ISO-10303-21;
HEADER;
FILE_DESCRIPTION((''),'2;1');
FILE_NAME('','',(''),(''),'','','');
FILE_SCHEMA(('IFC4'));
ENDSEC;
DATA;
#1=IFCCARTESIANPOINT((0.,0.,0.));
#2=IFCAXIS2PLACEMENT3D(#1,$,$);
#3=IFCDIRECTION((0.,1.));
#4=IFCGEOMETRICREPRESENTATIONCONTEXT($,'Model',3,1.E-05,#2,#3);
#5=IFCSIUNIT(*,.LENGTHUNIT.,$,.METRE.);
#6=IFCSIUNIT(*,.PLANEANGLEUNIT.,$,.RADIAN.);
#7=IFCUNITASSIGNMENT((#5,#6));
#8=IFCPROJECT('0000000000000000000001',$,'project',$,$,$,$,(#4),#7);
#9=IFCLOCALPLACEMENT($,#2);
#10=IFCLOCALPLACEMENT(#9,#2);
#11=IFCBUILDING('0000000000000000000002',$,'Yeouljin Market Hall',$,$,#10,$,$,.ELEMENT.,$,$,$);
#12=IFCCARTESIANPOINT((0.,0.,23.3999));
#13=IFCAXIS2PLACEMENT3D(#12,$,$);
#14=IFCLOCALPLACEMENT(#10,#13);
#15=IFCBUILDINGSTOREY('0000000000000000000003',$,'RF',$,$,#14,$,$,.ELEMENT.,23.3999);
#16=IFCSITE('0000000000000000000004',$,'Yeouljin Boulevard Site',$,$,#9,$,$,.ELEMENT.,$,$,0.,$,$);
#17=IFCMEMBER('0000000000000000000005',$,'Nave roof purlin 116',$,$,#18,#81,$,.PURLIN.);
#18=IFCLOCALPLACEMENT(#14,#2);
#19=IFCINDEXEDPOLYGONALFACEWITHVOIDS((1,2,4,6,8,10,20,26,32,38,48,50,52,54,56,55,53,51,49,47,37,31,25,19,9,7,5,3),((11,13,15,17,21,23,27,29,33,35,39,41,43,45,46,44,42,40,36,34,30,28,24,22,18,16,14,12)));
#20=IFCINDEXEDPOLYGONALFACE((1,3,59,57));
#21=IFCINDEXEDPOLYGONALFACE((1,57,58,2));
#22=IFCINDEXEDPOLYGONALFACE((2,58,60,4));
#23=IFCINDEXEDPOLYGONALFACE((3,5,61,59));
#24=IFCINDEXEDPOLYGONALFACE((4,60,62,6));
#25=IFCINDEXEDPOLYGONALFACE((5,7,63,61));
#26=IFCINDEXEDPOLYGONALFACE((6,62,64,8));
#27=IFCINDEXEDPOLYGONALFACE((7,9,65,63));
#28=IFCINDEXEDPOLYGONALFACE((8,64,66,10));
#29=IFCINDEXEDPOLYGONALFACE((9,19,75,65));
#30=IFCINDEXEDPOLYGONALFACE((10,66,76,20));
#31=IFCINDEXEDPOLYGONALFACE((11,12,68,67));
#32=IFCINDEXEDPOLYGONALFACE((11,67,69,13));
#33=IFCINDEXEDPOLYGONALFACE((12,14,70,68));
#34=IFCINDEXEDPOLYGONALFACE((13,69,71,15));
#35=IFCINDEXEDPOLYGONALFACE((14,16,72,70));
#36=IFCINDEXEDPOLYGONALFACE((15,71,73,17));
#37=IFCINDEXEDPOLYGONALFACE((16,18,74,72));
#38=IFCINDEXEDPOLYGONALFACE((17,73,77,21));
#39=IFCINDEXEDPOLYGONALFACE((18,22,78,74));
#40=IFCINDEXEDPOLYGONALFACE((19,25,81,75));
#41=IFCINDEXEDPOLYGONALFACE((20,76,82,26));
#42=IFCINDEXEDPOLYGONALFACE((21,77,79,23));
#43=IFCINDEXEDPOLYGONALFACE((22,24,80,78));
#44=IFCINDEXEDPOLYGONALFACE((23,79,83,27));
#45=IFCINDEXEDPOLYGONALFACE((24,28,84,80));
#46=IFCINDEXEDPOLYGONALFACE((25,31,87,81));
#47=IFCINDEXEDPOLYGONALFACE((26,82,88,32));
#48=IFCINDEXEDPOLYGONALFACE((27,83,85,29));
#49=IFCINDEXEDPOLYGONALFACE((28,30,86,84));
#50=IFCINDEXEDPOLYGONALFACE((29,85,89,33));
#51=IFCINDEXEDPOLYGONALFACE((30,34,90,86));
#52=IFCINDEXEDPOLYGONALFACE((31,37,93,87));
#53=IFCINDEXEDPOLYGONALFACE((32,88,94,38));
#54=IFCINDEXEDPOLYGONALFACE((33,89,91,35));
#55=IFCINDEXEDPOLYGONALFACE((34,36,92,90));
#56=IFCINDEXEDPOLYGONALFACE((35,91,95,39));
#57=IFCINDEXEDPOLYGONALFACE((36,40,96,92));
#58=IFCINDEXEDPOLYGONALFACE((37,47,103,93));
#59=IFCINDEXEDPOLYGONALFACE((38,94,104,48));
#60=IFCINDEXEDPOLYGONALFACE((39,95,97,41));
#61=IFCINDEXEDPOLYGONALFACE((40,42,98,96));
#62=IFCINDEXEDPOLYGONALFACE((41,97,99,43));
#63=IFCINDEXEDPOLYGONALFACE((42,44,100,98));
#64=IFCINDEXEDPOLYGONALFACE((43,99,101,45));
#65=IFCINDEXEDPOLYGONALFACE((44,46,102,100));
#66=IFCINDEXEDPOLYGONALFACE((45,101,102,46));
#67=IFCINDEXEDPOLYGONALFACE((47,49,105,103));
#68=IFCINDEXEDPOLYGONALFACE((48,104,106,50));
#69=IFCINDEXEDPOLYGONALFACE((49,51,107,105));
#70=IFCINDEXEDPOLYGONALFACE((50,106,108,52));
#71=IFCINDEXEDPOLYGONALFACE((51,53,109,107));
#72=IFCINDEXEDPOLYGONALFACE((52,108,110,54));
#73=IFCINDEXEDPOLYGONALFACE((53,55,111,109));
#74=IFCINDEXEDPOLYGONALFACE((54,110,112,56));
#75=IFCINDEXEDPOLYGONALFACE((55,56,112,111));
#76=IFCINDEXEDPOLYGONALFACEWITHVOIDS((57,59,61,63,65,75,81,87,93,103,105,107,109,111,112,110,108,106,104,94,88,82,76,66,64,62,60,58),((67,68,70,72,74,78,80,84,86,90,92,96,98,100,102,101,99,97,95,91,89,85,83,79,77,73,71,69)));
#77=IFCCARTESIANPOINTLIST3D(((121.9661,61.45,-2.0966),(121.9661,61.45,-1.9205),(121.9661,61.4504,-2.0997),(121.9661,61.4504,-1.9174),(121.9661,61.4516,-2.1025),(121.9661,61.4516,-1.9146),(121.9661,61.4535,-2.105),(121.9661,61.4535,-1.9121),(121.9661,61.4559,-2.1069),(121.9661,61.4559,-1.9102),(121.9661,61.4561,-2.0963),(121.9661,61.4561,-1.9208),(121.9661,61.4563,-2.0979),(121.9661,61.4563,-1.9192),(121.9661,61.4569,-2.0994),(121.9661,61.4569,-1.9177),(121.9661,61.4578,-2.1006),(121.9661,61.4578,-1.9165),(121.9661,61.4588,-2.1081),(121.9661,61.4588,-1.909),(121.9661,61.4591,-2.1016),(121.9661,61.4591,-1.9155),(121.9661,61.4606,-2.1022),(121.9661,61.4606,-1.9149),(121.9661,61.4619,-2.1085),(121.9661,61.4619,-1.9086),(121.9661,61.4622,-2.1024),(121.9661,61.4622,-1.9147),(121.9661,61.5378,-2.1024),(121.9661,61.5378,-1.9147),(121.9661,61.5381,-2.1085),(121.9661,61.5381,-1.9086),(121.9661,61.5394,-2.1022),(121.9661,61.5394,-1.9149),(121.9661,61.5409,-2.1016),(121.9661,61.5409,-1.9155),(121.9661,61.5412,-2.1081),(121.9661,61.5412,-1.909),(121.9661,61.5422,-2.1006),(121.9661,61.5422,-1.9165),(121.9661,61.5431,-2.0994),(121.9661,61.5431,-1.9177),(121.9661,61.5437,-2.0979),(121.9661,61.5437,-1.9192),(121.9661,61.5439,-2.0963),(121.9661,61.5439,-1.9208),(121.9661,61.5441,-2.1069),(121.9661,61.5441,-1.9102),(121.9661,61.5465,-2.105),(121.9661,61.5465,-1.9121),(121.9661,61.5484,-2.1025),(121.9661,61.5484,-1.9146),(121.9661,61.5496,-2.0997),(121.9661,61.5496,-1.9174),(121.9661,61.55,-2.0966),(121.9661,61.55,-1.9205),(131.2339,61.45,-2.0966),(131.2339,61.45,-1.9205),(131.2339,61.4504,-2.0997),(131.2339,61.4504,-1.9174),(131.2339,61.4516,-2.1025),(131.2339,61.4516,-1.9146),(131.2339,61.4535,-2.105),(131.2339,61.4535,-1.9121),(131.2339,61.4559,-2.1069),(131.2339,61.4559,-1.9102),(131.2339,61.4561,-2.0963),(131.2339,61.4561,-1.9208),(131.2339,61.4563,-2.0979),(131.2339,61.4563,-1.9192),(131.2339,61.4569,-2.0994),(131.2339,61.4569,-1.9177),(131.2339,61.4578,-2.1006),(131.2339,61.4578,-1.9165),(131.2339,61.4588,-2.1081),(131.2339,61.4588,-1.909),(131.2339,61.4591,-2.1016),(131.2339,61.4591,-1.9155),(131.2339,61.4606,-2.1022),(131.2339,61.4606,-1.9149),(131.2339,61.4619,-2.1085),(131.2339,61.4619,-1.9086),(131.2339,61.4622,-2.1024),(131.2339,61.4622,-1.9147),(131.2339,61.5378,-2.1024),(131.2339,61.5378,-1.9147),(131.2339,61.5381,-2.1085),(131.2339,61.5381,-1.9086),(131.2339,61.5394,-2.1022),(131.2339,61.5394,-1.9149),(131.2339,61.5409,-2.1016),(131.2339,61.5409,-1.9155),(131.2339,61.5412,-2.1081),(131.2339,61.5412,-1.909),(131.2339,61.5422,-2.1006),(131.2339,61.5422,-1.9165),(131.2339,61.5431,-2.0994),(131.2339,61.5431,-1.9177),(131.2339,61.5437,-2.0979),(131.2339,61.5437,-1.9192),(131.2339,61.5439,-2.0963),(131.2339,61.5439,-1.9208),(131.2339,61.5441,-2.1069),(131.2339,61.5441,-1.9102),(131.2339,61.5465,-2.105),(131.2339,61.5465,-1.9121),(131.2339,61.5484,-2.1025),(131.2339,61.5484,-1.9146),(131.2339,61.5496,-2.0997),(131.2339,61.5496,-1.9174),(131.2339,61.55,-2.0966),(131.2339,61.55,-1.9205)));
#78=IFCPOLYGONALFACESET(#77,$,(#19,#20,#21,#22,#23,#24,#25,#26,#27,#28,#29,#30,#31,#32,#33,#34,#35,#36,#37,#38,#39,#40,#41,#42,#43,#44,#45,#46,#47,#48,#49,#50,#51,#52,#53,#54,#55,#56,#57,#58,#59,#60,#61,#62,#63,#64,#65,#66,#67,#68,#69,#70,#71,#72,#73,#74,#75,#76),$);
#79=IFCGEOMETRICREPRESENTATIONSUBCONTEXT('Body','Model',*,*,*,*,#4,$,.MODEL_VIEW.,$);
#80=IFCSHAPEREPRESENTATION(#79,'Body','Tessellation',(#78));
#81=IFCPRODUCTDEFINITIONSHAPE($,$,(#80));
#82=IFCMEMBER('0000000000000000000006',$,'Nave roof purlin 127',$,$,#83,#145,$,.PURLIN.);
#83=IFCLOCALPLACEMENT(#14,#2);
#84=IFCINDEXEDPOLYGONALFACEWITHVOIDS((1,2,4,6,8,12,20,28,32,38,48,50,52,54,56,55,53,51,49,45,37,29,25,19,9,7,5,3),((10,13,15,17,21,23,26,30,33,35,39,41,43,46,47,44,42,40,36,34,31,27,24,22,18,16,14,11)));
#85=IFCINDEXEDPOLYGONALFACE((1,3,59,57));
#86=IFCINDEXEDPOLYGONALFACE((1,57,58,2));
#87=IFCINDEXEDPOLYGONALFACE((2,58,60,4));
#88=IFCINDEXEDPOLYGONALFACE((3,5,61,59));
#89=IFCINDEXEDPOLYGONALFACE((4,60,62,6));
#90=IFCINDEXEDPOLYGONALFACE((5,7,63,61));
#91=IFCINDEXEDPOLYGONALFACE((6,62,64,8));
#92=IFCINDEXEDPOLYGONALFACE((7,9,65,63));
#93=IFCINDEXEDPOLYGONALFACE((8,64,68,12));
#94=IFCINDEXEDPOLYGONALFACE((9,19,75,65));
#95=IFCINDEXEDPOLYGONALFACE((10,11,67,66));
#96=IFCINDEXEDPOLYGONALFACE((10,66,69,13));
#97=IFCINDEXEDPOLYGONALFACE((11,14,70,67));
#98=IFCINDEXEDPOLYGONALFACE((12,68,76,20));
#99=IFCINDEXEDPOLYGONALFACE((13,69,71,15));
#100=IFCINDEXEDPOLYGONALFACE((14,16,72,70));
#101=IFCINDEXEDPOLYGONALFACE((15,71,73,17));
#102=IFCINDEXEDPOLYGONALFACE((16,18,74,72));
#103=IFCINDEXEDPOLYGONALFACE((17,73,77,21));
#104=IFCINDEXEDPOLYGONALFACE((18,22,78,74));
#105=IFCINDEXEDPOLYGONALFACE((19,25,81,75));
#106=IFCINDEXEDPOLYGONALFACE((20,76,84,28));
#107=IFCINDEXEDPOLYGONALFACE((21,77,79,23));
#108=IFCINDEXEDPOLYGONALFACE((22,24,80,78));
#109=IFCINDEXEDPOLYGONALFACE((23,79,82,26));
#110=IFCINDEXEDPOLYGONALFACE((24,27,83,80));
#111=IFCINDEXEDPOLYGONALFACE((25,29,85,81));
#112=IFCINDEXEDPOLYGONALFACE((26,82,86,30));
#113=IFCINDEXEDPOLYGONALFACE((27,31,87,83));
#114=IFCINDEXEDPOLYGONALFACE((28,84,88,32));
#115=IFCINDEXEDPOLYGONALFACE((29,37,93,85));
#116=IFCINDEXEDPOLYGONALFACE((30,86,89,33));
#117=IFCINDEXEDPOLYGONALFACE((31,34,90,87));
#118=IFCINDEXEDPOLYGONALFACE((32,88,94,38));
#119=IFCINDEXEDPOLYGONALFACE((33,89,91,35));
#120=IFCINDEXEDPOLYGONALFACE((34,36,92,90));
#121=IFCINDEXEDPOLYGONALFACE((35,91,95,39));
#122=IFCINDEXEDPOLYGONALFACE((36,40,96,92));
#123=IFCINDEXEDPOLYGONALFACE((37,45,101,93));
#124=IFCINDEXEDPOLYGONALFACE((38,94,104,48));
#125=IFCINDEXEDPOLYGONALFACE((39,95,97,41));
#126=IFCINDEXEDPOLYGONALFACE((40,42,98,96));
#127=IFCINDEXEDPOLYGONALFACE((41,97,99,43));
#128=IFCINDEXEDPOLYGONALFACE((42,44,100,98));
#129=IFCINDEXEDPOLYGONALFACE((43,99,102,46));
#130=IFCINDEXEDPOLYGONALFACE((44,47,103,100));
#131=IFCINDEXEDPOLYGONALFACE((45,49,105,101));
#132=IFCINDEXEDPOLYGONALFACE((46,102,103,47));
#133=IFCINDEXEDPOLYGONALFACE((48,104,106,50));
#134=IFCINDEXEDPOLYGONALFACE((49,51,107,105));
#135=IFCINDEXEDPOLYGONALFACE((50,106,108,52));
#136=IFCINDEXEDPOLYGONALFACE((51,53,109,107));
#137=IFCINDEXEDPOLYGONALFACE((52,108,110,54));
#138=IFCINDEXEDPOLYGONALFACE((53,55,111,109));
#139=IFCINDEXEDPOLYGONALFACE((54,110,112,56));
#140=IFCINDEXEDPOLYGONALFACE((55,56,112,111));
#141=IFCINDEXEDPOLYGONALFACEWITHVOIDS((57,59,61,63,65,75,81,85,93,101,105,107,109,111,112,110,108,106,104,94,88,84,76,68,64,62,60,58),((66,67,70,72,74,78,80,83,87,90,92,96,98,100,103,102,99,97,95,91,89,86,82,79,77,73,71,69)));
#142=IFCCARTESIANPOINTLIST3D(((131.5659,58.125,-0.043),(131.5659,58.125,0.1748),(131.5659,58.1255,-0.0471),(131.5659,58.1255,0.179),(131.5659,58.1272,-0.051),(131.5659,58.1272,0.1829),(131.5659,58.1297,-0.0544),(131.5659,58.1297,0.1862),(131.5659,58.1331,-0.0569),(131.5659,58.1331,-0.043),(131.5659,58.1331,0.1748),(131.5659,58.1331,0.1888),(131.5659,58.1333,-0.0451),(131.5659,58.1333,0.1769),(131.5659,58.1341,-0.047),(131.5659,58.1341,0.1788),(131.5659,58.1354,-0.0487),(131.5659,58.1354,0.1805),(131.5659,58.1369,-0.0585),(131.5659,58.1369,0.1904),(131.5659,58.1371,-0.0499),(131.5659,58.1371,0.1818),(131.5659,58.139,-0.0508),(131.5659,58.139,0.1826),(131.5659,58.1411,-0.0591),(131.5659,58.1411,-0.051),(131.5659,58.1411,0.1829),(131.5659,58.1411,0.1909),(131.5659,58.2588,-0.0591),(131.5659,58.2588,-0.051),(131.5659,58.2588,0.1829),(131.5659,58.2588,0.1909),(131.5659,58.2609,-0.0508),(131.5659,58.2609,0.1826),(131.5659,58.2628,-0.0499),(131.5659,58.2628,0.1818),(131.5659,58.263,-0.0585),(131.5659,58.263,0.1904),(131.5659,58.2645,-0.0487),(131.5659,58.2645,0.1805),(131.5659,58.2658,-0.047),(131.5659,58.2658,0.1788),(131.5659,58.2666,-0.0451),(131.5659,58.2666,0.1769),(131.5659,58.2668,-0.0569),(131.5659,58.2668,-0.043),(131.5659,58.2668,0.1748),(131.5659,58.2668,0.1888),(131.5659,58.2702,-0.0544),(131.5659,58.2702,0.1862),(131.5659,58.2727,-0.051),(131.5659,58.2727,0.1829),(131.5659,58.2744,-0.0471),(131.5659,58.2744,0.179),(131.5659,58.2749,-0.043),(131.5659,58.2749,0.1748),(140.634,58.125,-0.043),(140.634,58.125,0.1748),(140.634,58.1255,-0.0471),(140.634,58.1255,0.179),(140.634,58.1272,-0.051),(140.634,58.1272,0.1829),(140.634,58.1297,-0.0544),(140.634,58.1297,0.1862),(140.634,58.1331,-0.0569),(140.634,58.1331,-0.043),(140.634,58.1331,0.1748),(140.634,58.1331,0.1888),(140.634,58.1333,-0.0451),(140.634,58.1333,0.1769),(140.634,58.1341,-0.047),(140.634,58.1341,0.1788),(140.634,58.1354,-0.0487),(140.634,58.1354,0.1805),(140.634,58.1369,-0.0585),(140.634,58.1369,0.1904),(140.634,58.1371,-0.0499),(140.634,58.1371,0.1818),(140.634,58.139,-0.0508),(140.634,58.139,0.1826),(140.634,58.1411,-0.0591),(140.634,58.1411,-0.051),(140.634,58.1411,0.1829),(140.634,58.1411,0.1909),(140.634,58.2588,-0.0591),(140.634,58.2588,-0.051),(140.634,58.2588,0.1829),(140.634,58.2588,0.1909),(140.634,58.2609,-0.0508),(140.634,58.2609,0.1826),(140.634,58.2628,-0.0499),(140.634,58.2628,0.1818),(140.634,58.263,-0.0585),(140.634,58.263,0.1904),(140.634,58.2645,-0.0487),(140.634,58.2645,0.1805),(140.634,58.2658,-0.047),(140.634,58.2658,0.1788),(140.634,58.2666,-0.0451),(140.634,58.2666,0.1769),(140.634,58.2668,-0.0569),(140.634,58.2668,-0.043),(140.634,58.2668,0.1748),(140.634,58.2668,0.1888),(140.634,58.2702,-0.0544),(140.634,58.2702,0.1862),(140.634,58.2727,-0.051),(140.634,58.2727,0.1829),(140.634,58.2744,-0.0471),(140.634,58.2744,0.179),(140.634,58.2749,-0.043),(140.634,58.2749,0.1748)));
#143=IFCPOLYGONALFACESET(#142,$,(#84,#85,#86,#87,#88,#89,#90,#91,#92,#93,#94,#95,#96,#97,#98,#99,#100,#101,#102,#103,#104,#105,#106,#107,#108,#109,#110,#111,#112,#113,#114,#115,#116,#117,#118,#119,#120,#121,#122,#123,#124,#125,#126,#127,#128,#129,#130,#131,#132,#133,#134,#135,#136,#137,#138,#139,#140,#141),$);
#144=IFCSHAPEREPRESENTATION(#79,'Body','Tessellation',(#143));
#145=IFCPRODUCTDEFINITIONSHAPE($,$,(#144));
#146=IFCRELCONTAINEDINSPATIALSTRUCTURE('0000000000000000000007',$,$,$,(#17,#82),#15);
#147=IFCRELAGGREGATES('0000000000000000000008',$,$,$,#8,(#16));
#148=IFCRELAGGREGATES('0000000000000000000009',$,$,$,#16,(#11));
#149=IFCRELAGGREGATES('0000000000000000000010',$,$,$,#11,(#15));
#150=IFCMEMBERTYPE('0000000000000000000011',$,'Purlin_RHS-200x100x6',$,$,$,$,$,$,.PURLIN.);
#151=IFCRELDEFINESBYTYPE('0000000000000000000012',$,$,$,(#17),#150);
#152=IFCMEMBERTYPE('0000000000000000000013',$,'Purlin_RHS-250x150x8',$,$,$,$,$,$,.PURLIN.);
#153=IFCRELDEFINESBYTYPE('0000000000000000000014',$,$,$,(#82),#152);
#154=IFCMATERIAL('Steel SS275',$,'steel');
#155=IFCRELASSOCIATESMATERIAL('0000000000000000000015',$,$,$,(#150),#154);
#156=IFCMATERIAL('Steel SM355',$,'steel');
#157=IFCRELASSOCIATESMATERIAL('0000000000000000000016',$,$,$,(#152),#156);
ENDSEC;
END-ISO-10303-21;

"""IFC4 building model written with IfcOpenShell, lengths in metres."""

from ifc_helpers import new_model, si_unit, direction, frame, origin, origin_2d, place, context, subcontext, project, spatial, hollow_rectangle, extrude, material, material_profile, profile_set, type_object, element, save


model = new_model("IFC4")

# Units and contexts
model_context = context("Model", 3, precision=1e-05, world=origin(), true_north=direction((0.0, 1.0)))
body_context = subcontext(model_context, "Body", "Model", "MODEL_VIEW")
ifc_project = project(units=[si_unit("LENGTHUNIT", "METRE"), si_unit("PLANEANGLEUNIT", "RADIAN")], contexts=[model_context])

# Site, building, storey
site_placement = place(None, origin())
site = spatial("IfcSite", under=ifc_project, at=site_placement, Name="Yeouljin Boulevard Site", CompositionType="ELEMENT", RefElevation=0.0)
building_placement = place(site_placement, origin())
building = spatial("IfcBuilding", under=site, at=building_placement, Name="Yeouljin Market Hall", CompositionType="ELEMENT")
storey_placement = place(building_placement, frame((0.0, 0.0, 23.3999)))
storey = spatial("IfcBuildingStorey", under=building, at=storey_placement, Name="RF", CompositionType="ELEMENT", Elevation=23.3999)

# Members
ifc_material_1 = material(Name="Steel SS275", Category="steel")
ifc_material_profile_1 = material_profile(ifc_material_1, hollow_rectangle(XDim=0.1001, YDim=0.2, WallThickness=0.0061, InnerFilletRadius=0.0061, OuterFilletRadius=0.012, at=origin_2d()), Name="RHS-200x100x6")
ifc_profile_set_1 = profile_set([ifc_material_profile_1], Name="Steel SS275")
member_type_1 = type_object("IfcMemberType", Name="Purlin_RHS-200x100x6", PredefinedType="PURLIN", material=ifc_profile_set_1)
member_1_placement = place(storey_placement, frame((121.9661, 61.5, -2.0085), z_axis=(1.0, 0.0, 0.0), x_axis=(0.0, 1.0, 0.0)))
element("IfcMember", 1, at=member_1_placement, inside=storey, type_object=member_type_1, Name="Nave roof purlin 116", PredefinedType="PURLIN", context=body_context, shape_type="SweptSolid", body=[
    extrude(hollow_rectangle(XDim=0.1001, YDim=0.2, WallThickness=0.0061, InnerFilletRadius=0.0061, OuterFilletRadius=0.012, at=origin_2d()), origin(), (0.0, 0.0, 1.0), 9.2678),
])
ifc_material_2 = material(Name="Steel SM355", Category="steel")
ifc_material_profile_2 = material_profile(ifc_material_2, hollow_rectangle(XDim=0.1499, YDim=0.25, WallThickness=0.0081, InnerFilletRadius=0.0081, OuterFilletRadius=0.0161, at=origin_2d()), Name="RHS-250x150x8")
ifc_profile_set_2 = profile_set([ifc_material_profile_2], Name="Steel SM355")
member_type_2 = type_object("IfcMemberType", Name="Purlin_RHS-250x150x8", PredefinedType="PURLIN", material=ifc_profile_set_2)
for number, where, z_axis, x_axis, name in (
    (2, (131.5659, 58.2, 0.0659), (1.0, 0.0, 0.0), (0.0, 1.0, 0.0), "Nave roof purlin 127"),
):
    element("IfcMember", number, at=place(storey_placement, frame(where, z_axis=z_axis, x_axis=x_axis)), inside=storey, type_object=member_type_2, Name=name, PredefinedType="PURLIN", context=body_context, shape_type="SweptSolid", body=[
        extrude(hollow_rectangle(XDim=0.1499, YDim=0.25, WallThickness=0.0081, InnerFilletRadius=0.0081, OuterFilletRadius=0.0161, at=origin_2d()), origin(), (0.0, 0.0, 1.0), 9.0681),
    ])

save(model, "model.ifc")
